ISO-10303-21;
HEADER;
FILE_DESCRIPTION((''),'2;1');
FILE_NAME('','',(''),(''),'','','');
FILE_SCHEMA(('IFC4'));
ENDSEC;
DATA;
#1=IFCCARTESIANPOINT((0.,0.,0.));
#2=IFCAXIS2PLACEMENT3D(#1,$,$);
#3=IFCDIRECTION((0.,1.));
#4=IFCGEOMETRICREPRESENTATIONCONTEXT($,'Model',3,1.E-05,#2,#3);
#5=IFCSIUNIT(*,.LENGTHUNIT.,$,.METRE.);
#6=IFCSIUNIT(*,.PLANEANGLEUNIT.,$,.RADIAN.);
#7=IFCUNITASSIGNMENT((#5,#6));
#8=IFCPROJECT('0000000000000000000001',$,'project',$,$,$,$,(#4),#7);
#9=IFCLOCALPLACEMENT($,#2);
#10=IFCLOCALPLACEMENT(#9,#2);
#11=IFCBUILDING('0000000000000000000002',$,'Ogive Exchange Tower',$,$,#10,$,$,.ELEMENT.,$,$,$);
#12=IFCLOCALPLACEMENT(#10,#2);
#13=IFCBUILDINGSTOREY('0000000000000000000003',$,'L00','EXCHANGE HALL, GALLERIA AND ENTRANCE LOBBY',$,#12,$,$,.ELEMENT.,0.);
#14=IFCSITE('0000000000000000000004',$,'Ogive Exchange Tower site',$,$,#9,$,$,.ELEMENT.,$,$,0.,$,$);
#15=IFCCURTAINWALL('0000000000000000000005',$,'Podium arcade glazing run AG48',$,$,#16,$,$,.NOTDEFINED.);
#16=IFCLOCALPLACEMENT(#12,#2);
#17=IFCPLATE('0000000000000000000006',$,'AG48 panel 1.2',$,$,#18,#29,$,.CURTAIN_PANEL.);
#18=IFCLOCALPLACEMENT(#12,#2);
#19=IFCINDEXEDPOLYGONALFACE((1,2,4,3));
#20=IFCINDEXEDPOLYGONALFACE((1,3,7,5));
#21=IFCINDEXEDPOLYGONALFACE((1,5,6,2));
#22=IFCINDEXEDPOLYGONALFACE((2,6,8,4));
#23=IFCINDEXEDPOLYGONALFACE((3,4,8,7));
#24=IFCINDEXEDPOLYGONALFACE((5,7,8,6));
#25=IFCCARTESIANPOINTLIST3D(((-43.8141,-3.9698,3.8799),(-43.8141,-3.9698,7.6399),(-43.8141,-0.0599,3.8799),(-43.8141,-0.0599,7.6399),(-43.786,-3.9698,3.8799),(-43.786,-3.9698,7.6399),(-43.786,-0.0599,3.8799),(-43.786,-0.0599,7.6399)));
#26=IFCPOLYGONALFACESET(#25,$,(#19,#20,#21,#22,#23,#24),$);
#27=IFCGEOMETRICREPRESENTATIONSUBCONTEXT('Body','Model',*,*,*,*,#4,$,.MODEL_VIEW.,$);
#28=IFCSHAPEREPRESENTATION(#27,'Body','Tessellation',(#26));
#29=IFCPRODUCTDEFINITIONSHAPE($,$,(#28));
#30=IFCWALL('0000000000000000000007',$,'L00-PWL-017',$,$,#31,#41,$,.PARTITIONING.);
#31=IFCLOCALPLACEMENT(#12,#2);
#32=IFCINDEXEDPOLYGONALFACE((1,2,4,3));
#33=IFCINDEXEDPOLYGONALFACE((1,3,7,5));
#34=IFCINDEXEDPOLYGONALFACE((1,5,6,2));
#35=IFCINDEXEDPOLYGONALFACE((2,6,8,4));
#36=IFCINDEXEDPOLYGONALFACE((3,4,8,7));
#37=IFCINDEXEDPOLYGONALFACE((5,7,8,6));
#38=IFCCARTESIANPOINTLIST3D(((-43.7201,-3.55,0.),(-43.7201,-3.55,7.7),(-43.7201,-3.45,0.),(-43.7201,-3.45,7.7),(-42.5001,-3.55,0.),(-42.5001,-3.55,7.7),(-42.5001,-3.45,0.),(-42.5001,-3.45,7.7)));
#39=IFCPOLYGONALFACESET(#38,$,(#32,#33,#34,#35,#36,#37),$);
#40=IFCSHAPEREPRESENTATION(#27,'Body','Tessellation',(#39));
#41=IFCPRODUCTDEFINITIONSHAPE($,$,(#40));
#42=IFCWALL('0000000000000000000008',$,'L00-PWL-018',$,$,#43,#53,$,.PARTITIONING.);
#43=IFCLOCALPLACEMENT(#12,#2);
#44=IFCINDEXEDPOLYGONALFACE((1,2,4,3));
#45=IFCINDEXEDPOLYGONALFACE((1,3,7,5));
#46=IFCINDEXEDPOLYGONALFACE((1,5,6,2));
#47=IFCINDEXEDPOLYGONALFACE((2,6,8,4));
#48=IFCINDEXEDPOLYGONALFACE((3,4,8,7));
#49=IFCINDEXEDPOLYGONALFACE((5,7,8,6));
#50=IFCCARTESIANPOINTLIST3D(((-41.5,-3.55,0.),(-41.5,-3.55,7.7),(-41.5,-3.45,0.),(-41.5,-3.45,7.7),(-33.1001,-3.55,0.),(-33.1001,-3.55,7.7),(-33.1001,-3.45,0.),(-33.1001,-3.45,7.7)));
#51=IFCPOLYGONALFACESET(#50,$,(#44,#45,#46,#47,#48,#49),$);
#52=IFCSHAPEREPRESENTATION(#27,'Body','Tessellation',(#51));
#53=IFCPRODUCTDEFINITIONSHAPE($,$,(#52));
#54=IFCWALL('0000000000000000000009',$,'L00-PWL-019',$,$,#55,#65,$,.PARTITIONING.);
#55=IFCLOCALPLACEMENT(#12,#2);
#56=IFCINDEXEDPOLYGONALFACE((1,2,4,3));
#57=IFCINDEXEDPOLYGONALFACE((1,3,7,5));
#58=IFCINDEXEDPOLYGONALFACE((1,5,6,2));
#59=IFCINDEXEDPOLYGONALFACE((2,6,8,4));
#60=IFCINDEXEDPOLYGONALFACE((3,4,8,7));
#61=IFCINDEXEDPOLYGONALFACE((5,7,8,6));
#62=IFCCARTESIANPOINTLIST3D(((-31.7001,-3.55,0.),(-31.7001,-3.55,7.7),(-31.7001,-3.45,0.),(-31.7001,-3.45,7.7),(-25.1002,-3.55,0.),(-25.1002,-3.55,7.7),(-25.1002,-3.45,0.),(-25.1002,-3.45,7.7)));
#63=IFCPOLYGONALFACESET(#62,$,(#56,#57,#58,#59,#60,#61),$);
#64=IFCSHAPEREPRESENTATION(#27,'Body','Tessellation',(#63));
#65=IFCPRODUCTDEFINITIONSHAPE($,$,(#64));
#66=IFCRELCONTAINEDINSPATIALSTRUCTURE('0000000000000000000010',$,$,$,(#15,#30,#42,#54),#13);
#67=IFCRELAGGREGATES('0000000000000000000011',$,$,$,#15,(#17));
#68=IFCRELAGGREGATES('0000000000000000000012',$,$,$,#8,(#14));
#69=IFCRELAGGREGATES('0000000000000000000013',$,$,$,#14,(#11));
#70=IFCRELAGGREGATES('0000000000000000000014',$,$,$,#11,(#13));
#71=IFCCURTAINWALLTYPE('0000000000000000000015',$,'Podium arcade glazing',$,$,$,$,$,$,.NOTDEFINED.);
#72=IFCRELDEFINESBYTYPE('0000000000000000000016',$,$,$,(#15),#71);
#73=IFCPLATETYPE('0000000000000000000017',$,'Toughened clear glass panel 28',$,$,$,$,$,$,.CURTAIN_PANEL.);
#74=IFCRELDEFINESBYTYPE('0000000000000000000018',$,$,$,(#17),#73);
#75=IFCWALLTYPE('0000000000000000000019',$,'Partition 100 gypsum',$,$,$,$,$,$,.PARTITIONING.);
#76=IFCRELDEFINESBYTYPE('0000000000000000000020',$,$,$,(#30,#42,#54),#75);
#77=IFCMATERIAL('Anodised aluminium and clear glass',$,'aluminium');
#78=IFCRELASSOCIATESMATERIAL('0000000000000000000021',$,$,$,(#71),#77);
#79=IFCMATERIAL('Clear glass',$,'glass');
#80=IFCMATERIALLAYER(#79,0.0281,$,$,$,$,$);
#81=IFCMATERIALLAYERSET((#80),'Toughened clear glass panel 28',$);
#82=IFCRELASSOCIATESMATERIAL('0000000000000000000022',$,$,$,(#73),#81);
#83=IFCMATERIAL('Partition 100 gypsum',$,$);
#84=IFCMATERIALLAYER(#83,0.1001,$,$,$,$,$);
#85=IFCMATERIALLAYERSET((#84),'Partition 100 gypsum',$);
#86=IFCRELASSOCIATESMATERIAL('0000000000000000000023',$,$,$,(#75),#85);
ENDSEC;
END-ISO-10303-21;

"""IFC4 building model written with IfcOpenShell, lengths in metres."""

from ifc_helpers import new_model, si_unit, direction, frame, frame_2d, origin, origin_2d, place, context, subcontext, project, spatial, rectangle, extrude, material, layer, layer_set, type_object, element, aggregate, save


model = new_model("IFC4")

# Units and contexts
model_context = context("Model", 3, precision=1e-05, world=origin(), true_north=direction((0.0, 1.0)))
body_context = subcontext(model_context, "Body", "Model", "MODEL_VIEW")
ifc_project = project(units=[si_unit("LENGTHUNIT", "METRE"), si_unit("PLANEANGLEUNIT", "RADIAN")], contexts=[model_context])

# Site, building, storey
site_placement = place(None, origin())
site = spatial("IfcSite", under=ifc_project, at=site_placement, Name="Ogive Exchange Tower site", CompositionType="ELEMENT", RefElevation=0.0)
building_placement = place(site_placement, origin())
building = spatial("IfcBuilding", under=site, at=building_placement, Name="Ogive Exchange Tower", CompositionType="ELEMENT")
storey_placement = place(building_placement, origin())
storey = spatial("IfcBuildingStorey", under=building, at=storey_placement, Name="L00", Description="EXCHANGE HALL, GALLERIA AND ENTRANCE LOBBY", CompositionType="ELEMENT", Elevation=0.0)

# Curtain wall, plate
ifc_material_1 = material(Name="Anodised aluminium and clear glass", Category="aluminium")
curtain_wall_type = type_object("IfcCurtainWallType", Name="Podium arcade glazing", PredefinedType="NOTDEFINED", material=ifc_material_1)
curtain_wall_placement = place(storey_placement, origin())
curtain_wall = element("IfcCurtainWall", 1, at=curtain_wall_placement, inside=storey, type_object=curtain_wall_type, Name="Podium arcade glazing run AG48", PredefinedType="NOTDEFINED")
ifc_material_2 = material(Name="Clear glass", Category="glass")
ifc_layer_1 = layer(ifc_material_2, 0.0281)
ifc_layer_set_1 = layer_set([ifc_layer_1], Name="Toughened clear glass panel 28")
plate_type = type_object("IfcPlateType", Name="Toughened clear glass panel 28", PredefinedType="CURTAIN_PANEL", material=ifc_layer_set_1)
plate_1_placement = place(storey_placement, frame((-43.8, -2.0149, 3.8799), z_axis=(0.0, 0.0, 1.0), x_axis=(0.0, -1.0, 0.0)))
plate_1 = element("IfcPlate", 2, at=plate_1_placement, type_object=plate_type, Name="AG48 panel 1.2", PredefinedType="CURTAIN_PANEL", context=body_context, shape_type="SweptSolid", body=[
    extrude(rectangle(XDim=3.9099, YDim=0.0281, at=origin_2d()), origin(), (0.0, 0.0, 1.0), 3.76),
])
aggregate(curtain_wall, [plate_1])

# Walls
ifc_material_3 = material(Name="Partition 100 gypsum")
ifc_layer_2 = layer(ifc_material_3, 0.1001)
ifc_layer_set_2 = layer_set([ifc_layer_2], Name="Partition 100 gypsum")
wall_type = type_object("IfcWallType", Name="Partition 100 gypsum", PredefinedType="PARTITIONING", material=ifc_layer_set_2)
wall_1_placement = place(storey_placement, frame((-43.72, -3.5, 0.0), z_axis=(0.0, 0.0, 1.0), x_axis=(1.0, 0.0, 0.0)))
element("IfcWall", 3, at=wall_1_placement, inside=storey, type_object=wall_type, Name="L00-PWL-017", PredefinedType="PARTITIONING", context=body_context, shape_type="SweptSolid", body=[
    extrude(rectangle(XDim=1.22, YDim=0.1001, at=frame_2d((0.6099, 0.0))), origin(), (0.0, 0.0, 1.0), 7.7),
])
wall_2_placement = place(storey_placement, frame((-41.5, -3.5, 0.0), z_axis=(0.0, 0.0, 1.0), x_axis=(1.0, 0.0, 0.0)))
element("IfcWall", 4, at=wall_2_placement, inside=storey, type_object=wall_type, Name="L00-PWL-018", PredefinedType="PARTITIONING", context=body_context, shape_type="SweptSolid", body=[
    extrude(rectangle(XDim=8.3999, YDim=0.1001, at=frame_2d((4.2, 0.0))), origin(), (0.0, 0.0, 1.0), 7.7),
])
wall_3_placement = place(storey_placement, frame((-31.7, -3.5, 0.0), z_axis=(0.0, 0.0, 1.0), x_axis=(1.0, 0.0, 0.0)))
element("IfcWall", 5, at=wall_3_placement, inside=storey, type_object=wall_type, Name="L00-PWL-019", PredefinedType="PARTITIONING", context=body_context, shape_type="SweptSolid", body=[
    extrude(rectangle(XDim=6.5999, YDim=0.1001, at=frame_2d((3.2998, 0.0))), origin(), (0.0, 0.0, 1.0), 7.7),
])

save(model, "model.ifc")
